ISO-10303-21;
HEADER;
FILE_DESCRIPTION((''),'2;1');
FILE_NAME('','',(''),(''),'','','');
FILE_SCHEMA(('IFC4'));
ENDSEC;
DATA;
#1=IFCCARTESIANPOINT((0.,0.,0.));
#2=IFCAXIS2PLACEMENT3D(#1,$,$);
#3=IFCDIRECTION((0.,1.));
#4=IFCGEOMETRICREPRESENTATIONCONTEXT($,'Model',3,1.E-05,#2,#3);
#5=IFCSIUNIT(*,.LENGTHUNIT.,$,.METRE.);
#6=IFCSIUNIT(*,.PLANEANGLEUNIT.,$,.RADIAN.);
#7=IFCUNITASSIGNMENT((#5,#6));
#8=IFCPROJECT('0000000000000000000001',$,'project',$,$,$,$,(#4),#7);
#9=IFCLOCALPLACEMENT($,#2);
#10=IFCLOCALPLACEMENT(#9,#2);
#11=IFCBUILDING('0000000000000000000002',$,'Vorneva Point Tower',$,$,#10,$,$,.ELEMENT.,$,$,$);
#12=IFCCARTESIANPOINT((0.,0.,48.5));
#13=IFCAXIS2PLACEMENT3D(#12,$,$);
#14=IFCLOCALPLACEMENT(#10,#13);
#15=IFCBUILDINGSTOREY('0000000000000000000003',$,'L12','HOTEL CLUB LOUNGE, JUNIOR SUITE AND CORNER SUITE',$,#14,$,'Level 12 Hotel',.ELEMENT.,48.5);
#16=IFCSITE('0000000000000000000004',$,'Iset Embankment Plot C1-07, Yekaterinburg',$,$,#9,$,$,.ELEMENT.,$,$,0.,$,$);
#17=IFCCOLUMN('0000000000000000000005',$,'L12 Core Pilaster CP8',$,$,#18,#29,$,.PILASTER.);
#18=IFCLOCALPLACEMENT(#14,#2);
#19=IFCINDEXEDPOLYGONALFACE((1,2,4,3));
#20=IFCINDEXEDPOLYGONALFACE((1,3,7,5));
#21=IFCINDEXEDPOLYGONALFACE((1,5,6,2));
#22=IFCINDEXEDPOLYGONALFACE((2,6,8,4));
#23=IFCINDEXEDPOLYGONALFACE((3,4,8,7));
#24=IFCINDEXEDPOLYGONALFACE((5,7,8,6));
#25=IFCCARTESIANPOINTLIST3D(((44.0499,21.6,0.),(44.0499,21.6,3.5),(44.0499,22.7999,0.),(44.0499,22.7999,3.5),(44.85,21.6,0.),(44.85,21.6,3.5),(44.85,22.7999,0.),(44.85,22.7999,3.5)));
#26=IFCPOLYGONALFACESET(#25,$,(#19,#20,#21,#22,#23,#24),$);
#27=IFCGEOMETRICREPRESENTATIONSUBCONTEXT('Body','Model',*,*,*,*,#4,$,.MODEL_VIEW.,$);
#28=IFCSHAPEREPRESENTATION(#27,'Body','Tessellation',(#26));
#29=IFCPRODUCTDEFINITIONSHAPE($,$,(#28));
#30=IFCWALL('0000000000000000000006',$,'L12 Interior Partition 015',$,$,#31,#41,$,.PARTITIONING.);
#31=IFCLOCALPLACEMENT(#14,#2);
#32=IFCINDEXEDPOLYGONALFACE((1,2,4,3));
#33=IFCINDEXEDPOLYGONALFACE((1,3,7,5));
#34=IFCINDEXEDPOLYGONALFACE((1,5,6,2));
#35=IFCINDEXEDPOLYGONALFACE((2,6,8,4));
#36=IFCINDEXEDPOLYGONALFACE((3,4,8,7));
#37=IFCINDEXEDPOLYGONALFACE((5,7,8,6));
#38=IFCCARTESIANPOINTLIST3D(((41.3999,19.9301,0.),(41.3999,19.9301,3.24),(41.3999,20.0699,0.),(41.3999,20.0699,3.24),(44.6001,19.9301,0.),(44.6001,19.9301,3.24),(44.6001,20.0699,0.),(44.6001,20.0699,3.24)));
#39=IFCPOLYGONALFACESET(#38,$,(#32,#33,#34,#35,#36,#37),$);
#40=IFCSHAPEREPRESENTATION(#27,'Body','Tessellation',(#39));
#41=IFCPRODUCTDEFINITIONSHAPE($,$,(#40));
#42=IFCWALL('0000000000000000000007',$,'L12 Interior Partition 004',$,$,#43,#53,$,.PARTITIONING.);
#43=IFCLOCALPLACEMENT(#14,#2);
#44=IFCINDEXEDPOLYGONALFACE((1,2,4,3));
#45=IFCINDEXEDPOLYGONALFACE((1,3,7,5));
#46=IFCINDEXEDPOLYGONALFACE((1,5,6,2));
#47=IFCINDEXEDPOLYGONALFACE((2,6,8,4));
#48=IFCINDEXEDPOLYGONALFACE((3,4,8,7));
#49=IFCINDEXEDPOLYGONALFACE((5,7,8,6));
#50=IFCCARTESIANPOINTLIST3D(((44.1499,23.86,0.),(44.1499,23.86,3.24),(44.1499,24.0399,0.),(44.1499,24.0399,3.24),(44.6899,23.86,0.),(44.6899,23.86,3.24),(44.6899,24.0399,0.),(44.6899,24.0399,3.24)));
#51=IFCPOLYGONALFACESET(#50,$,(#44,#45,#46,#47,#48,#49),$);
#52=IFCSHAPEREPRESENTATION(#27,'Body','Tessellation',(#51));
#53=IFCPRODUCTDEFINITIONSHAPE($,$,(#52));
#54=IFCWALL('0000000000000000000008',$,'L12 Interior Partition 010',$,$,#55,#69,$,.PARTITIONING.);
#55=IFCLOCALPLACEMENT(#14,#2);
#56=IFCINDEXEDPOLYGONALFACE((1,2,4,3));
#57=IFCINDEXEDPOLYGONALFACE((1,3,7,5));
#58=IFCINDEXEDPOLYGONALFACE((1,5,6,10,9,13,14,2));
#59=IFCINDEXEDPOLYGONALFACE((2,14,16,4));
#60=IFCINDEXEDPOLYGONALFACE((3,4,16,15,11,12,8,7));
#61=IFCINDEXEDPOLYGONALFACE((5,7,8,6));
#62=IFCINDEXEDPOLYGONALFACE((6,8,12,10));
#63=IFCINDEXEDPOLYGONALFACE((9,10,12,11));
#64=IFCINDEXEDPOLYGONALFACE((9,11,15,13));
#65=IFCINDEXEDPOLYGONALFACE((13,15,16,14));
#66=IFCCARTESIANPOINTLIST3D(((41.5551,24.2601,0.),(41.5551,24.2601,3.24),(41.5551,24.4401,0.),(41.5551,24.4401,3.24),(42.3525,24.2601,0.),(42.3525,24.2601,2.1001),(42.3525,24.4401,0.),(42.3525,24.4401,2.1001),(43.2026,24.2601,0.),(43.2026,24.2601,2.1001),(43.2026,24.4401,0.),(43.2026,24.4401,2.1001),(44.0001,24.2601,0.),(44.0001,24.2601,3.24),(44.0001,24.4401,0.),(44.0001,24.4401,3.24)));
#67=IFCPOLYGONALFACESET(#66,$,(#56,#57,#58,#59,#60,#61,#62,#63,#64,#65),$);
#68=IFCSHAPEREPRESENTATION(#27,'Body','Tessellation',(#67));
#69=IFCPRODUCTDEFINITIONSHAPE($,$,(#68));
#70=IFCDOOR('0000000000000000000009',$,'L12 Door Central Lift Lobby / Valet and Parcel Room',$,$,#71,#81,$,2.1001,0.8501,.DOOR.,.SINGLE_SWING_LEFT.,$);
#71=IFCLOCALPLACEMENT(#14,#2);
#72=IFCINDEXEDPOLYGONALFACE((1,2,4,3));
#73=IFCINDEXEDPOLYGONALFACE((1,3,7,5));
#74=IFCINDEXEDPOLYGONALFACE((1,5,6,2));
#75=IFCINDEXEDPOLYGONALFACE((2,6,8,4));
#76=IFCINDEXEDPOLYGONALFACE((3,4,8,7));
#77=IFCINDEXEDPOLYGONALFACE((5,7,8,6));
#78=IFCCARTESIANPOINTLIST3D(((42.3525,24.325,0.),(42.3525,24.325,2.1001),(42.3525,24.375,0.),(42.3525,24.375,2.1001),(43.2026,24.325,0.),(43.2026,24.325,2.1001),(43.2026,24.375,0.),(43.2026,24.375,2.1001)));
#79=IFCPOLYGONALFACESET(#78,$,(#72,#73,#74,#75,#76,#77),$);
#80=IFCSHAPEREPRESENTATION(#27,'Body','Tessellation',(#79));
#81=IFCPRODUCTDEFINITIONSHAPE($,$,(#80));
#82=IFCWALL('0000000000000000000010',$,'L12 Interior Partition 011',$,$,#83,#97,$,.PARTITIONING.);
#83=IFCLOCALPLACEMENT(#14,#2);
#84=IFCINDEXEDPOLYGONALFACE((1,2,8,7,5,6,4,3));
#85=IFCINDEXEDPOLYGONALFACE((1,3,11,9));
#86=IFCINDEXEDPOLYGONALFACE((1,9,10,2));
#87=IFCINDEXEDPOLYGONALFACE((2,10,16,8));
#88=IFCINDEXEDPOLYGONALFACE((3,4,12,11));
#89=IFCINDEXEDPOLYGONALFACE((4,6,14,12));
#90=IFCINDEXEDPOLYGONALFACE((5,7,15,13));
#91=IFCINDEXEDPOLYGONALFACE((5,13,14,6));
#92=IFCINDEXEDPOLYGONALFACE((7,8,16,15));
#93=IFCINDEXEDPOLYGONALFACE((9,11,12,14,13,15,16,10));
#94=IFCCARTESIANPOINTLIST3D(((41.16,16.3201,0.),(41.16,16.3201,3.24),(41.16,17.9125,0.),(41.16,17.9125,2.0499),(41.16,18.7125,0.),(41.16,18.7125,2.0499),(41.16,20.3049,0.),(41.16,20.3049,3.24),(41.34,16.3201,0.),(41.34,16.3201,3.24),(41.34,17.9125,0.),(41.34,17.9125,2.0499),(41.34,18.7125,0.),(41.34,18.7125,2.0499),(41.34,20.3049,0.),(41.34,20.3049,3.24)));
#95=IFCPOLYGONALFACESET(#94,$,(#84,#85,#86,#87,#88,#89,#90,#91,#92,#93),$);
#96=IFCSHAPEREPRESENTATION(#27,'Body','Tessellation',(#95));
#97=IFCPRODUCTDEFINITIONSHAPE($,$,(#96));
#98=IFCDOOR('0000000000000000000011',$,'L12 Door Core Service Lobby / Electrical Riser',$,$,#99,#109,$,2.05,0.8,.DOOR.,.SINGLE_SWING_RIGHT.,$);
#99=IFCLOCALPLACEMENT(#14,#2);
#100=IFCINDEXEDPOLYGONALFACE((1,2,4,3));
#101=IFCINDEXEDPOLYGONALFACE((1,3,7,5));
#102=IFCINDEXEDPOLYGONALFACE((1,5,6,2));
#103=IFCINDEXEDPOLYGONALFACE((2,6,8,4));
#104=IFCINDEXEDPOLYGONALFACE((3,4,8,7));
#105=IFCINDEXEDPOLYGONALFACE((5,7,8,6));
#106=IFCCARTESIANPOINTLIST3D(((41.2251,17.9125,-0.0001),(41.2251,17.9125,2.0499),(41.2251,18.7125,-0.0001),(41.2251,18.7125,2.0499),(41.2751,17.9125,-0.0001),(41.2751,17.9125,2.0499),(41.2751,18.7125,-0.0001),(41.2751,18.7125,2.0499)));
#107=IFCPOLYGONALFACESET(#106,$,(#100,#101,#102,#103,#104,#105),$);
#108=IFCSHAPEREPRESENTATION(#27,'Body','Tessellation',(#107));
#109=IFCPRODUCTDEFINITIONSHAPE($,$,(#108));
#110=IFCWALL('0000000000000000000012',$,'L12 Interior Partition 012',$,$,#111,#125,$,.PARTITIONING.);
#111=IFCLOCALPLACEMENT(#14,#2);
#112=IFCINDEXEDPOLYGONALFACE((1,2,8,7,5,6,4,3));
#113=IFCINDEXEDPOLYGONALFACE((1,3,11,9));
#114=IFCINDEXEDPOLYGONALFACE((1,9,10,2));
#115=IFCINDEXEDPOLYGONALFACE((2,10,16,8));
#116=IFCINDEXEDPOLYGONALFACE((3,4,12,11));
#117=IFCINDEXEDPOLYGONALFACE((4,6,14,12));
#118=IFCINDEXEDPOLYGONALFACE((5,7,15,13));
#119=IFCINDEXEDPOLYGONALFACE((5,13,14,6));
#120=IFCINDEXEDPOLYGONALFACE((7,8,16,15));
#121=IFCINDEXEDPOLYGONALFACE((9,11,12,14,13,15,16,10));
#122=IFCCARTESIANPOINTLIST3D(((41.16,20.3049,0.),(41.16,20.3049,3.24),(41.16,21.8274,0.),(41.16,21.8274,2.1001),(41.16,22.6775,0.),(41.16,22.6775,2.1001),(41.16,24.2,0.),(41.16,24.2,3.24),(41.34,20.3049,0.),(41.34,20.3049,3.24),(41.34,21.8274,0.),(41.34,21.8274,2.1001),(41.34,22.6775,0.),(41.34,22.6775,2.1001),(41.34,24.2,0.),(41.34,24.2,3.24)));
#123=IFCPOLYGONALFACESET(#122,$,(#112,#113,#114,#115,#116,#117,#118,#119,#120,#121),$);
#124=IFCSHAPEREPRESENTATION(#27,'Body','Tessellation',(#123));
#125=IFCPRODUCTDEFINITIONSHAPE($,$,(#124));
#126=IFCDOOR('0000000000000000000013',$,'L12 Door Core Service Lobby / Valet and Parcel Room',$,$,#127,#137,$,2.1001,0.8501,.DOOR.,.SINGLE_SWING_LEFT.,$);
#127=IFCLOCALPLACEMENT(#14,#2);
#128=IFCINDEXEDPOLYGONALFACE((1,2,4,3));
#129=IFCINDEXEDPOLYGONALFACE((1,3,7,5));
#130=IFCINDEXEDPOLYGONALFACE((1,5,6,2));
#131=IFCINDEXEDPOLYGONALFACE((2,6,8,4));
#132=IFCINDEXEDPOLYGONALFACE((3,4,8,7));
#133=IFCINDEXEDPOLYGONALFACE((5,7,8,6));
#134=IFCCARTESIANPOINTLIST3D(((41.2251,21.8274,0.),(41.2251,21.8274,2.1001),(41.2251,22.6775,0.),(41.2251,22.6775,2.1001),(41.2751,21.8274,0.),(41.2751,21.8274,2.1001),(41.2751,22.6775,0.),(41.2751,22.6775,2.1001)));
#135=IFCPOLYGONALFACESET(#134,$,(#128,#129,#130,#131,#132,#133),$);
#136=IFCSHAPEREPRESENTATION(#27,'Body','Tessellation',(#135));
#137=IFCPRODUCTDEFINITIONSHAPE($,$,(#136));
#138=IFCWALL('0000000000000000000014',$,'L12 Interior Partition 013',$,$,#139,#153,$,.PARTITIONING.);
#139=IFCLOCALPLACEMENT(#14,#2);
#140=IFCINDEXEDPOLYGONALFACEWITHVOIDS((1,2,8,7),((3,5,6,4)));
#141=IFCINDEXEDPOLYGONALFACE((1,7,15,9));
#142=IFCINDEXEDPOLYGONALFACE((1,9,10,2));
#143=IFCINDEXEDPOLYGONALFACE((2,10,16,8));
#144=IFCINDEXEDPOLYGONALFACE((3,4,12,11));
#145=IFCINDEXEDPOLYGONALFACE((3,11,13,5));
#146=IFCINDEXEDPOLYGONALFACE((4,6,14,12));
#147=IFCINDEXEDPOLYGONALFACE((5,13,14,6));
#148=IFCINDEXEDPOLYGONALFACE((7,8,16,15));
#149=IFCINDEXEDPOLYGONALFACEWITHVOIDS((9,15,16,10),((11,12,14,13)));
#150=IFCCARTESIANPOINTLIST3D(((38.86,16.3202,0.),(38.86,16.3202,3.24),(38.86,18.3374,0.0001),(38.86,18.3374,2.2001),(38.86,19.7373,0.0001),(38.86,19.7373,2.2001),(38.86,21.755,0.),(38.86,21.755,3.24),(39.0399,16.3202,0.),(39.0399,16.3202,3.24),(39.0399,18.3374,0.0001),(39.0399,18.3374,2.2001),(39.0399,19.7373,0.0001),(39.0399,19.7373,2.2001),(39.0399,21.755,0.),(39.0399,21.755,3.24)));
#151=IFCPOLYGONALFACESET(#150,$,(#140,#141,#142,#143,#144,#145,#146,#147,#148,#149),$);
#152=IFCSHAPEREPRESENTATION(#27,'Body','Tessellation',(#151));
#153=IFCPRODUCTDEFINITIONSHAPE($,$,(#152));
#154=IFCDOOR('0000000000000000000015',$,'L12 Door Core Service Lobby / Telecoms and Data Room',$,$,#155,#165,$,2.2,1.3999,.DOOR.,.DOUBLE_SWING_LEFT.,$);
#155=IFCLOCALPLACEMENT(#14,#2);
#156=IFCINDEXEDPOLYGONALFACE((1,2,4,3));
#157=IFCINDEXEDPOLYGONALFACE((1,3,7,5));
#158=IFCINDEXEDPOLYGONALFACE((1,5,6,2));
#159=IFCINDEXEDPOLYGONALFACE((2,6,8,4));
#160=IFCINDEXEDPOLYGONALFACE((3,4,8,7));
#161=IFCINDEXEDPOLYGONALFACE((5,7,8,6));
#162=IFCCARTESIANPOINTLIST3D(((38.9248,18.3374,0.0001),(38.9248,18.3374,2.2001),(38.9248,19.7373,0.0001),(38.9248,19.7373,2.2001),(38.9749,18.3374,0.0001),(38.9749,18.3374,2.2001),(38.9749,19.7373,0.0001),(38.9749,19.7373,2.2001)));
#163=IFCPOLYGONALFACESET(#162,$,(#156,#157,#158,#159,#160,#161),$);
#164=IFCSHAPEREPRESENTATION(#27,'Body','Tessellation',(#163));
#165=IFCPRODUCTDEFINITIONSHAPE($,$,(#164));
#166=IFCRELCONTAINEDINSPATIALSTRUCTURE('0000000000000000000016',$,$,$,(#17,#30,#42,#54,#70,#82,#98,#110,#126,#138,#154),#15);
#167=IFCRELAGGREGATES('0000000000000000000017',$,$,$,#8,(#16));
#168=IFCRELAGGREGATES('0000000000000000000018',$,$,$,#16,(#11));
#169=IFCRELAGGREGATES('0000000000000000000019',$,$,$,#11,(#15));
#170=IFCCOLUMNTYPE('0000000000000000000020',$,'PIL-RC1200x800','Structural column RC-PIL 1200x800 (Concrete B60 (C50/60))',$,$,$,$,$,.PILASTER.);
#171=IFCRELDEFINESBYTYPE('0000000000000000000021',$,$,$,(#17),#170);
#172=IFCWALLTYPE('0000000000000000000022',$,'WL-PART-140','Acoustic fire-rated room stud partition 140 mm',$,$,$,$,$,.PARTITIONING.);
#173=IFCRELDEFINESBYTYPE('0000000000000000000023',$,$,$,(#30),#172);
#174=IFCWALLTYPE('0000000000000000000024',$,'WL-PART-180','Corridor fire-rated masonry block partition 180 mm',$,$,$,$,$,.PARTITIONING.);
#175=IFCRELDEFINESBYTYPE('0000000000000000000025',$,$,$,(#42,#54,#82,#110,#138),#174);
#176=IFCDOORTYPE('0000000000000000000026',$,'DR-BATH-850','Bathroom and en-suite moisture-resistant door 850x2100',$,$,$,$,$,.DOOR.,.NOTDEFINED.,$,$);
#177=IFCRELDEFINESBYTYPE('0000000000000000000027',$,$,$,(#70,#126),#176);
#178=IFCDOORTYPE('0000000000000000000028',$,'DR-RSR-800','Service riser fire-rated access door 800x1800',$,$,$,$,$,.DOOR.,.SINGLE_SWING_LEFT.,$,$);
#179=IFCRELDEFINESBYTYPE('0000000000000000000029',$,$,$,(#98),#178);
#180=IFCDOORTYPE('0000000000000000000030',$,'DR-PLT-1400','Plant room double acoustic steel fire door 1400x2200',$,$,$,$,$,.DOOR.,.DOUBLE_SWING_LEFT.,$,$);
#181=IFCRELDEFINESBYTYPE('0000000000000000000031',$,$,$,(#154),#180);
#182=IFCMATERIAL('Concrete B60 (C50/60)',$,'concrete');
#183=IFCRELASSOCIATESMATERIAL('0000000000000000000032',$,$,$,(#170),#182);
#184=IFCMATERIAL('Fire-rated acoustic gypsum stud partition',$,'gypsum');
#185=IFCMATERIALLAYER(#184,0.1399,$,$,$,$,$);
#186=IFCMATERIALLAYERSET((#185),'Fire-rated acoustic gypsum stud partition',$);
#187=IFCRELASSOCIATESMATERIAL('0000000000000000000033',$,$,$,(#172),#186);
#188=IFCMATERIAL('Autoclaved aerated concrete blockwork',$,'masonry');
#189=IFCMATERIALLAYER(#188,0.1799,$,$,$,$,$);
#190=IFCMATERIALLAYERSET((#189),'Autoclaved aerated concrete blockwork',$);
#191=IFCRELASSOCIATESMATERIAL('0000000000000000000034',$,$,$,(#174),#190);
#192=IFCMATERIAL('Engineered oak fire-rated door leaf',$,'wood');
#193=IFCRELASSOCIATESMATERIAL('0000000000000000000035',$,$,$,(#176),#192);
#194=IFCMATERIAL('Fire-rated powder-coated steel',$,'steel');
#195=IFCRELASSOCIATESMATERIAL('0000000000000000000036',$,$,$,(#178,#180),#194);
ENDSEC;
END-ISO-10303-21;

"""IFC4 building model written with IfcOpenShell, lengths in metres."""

from ifc_helpers import new_model, si_unit, direction, frame, frame_2d, origin, origin_2d, place, context, subcontext, project, spatial, rectangle, extrude, material, layer, layer_set, material_profile, profile_set, type_object, element, fill, save


model = new_model("IFC4")

# Units and contexts
model_context = context("Model", 3, precision=1e-05, world=origin(), true_north=direction((0.0, 1.0)))
body_context = subcontext(model_context, "Body", "Model", "MODEL_VIEW")
ifc_project = project(units=[si_unit("LENGTHUNIT", "METRE"), si_unit("PLANEANGLEUNIT", "RADIAN")], contexts=[model_context])

# Site, building, storey
site_placement = place(None, origin())
site = spatial("IfcSite", under=ifc_project, at=site_placement, Name="Iset Embankment Plot C1-07, Yekaterinburg", CompositionType="ELEMENT", RefElevation=0.0)
building_placement = place(site_placement, origin())
building = spatial("IfcBuilding", under=site, at=building_placement, Name="Vorneva Point Tower", CompositionType="ELEMENT")
storey_placement = place(building_placement, frame((0.0, 0.0, 48.5)))
storey = spatial("IfcBuildingStorey", under=building, at=storey_placement, Name="L12", Description="HOTEL CLUB LOUNGE, JUNIOR SUITE AND CORNER SUITE", LongName="Level 12 Hotel", CompositionType="ELEMENT", Elevation=48.5)

# Column
ifc_material_1 = material(Name="Concrete B60 (C50/60)", Category="concrete")
ifc_material_profile = material_profile(ifc_material_1, rectangle(XDim=0.8, YDim=1.2, at=origin_2d()), Name="RC-PIL 1200x800")
ifc_profile_set = profile_set([ifc_material_profile], Name="Concrete B60 (C50/60)")
column_type = type_object("IfcColumnType", Name="PIL-RC1200x800", Description="Structural column RC-PIL 1200x800 (Concrete B60 (C50/60))", PredefinedType="PILASTER", material=ifc_profile_set)
column_placement = place(storey_placement, frame((44.45, 22.2, 0.0), z_axis=(0.0, 0.0, 1.0), x_axis=(1.0, 0.0, 0.0)))
element("IfcColumn", 1, at=column_placement, inside=storey, type_object=column_type, Name="L12 Core Pilaster CP8", PredefinedType="PILASTER", context=body_context, shape_type="SweptSolid", body=[
    extrude(rectangle(XDim=0.8, YDim=1.2, at=origin_2d()), origin(), (0.0, 0.0, 1.0), 3.5),
])

# Walls
ifc_material_2 = material(Name="Fire-rated acoustic gypsum stud partition", Category="gypsum")
ifc_layer_1 = layer(ifc_material_2, 0.1399)
ifc_layer_set_1 = layer_set([ifc_layer_1], Name="Fire-rated acoustic gypsum stud partition")
wall_type_1 = type_object("IfcWallType", Name="WL-PART-140", Description="Acoustic fire-rated room stud partition 140 mm", PredefinedType="PARTITIONING", material=ifc_layer_set_1)
wall_1_placement = place(storey_placement, frame((44.6001, 20.0, 0.0), z_axis=(0.0, 0.0, 1.0), x_axis=(-1.0, 0.0, 0.0)))
element("IfcWall", 2, at=wall_1_placement, inside=storey, type_object=wall_type_1, Name="L12 Interior Partition 015", PredefinedType="PARTITIONING", context=body_context, shape_type="SweptSolid", body=[
    extrude(rectangle(XDim=3.2002, YDim=0.1399, at=frame_2d((1.6001, 0.0))), origin(), (0.0, 0.0, 1.0), 3.24),
])
ifc_material_3 = material(Name="Autoclaved aerated concrete blockwork", Category="masonry")
ifc_layer_2 = layer(ifc_material_3, 0.1799)
ifc_layer_set_2 = layer_set([ifc_layer_2], Name="Autoclaved aerated concrete blockwork")
wall_type_2 = type_object("IfcWallType", Name="WL-PART-180", Description="Corridor fire-rated masonry block partition 180 mm", PredefinedType="PARTITIONING", material=ifc_layer_set_2)
wall_2_placement = place(storey_placement, frame((44.1499, 23.95, 0.0), z_axis=(0.0, 0.0, 1.0), x_axis=(1.0, 0.0, 0.0)))
element("IfcWall", 3, at=wall_2_placement, inside=storey, type_object=wall_type_2, Name="L12 Interior Partition 004", PredefinedType="PARTITIONING", context=body_context, shape_type="SweptSolid", body=[
    extrude(rectangle(XDim=0.54, YDim=0.1799, at=frame_2d((0.27, 0.0))), origin(), (0.0, 0.0, 1.0), 3.24),
])

# Walls, openings, doors
ifc_material_4 = material(Name="Fire-rated powder-coated steel", Category="steel")
wall_3_placement = place(storey_placement, frame((41.5549, 24.3501, 0.0), z_axis=(0.0, 0.0, 1.0), x_axis=(1.0, 0.0, 0.0)))
wall_3 = element("IfcWall", 4, at=wall_3_placement, inside=storey, type_object=wall_type_2, Name="L12 Interior Partition 010", PredefinedType="PARTITIONING", context=body_context, shape_type="SweptSolid", body=[
    extrude(rectangle(XDim=2.4451, YDim=0.1799, at=frame_2d((1.2227, 0.0))), origin(), (0.0, 0.0, 1.0), 3.24),
])
opening_1_placement = place(wall_3_placement, frame((0.7976, 0.0, 0.0)))
opening_1 = element("IfcOpeningElement", 5, at=opening_1_placement, cuts=wall_3, PredefinedType="OPENING", context=body_context, shape_type="SweptSolid", body=[
    extrude(rectangle(XDim=0.8501, YDim=2.1001, at=frame_2d((0.425, 1.05))), frame((0.0, 0.105, 0.0), z_axis=(0.0, -1.0, 0.0), x_axis=(1.0, 0.0, 0.0)), (0.0, 0.0, 1.0), 0.2097),
])
ifc_material_5 = material(Name="Engineered oak fire-rated door leaf", Category="wood")
door_type_1 = type_object("IfcDoorType", Name="DR-BATH-850", Description="Bathroom and en-suite moisture-resistant door 850x2100", OperationType="NOTDEFINED", PredefinedType="DOOR", material=ifc_material_5)
door_1_placement = place(opening_1_placement, origin())
door_1 = element("IfcDoor", 6, at=door_1_placement, inside=storey, type_object=door_type_1, Name="L12 Door Central Lift Lobby / Valet and Parcel Room", OperationType="SINGLE_SWING_LEFT", OverallHeight=2.1001, OverallWidth=0.8501, PredefinedType="DOOR", context=body_context, shape_type="SweptSolid", body=[
    extrude(rectangle(XDim=0.8501, YDim=2.1001, at=frame_2d((0.425, 1.05))), frame((0.0, 0.0249, 0.0), z_axis=(0.0, -1.0, 0.0), x_axis=(1.0, 0.0, 0.0)), (0.0, 0.0, 1.0), 0.05),
])
fill(opening_1, door_1)
wall_4_placement = place(storey_placement, frame((41.25, 16.3201, 0.0), z_axis=(0.0, 0.0, 1.0), x_axis=(0.0, 1.0, 0.0)))
wall_4 = element("IfcWall", 7, at=wall_4_placement, inside=storey, type_object=wall_type_2, Name="L12 Interior Partition 011", PredefinedType="PARTITIONING", context=body_context, shape_type="SweptSolid", body=[
    extrude(rectangle(XDim=3.9849, YDim=0.1799, at=frame_2d((1.9924, 0.0))), origin(), (0.0, 0.0, 1.0), 3.24),
])
opening_2_placement = place(wall_4_placement, frame((1.5925, 0.0, 0.0)))
opening_2 = element("IfcOpeningElement", 8, at=opening_2_placement, cuts=wall_4, PredefinedType="OPENING", context=body_context, shape_type="SweptSolid", body=[
    extrude(rectangle(XDim=0.8, YDim=2.05, at=frame_2d((0.3999, 1.0249))), frame((0.0, 0.105, 0.0), z_axis=(0.0, -1.0, 0.0), x_axis=(1.0, 0.0, 0.0)), (0.0, 0.0, 1.0), 0.2097),
])
door_type_2 = type_object("IfcDoorType", Name="DR-RSR-800", Description="Service riser fire-rated access door 800x1800", OperationType="SINGLE_SWING_LEFT", PredefinedType="DOOR", material=ifc_material_4)
door_2_placement = place(opening_2_placement, origin())
door_2 = element("IfcDoor", 9, at=door_2_placement, inside=storey, type_object=door_type_2, Name="L12 Door Core Service Lobby / Electrical Riser", OperationType="SINGLE_SWING_RIGHT", OverallHeight=2.05, OverallWidth=0.8, PredefinedType="DOOR", context=body_context, shape_type="SweptSolid", body=[
    extrude(rectangle(XDim=0.8, YDim=2.05, at=frame_2d((0.3999, 1.0249))), frame((0.0, 0.0249, 0.0), z_axis=(0.0, -1.0, 0.0), x_axis=(1.0, 0.0, 0.0)), (0.0, 0.0, 1.0), 0.05),
])
fill(opening_2, door_2)
wall_5_placement = place(storey_placement, frame((41.25, 20.3049, 0.0), z_axis=(0.0, 0.0, 1.0), x_axis=(0.0, 1.0, 0.0)))
wall_5 = element("IfcWall", 10, at=wall_5_placement, inside=storey, type_object=wall_type_2, Name="L12 Interior Partition 012", PredefinedType="PARTITIONING", context=body_context, shape_type="SweptSolid", body=[
    extrude(rectangle(XDim=3.895, YDim=0.1799, at=frame_2d((1.9475, 0.0))), origin(), (0.0, 0.0, 1.0), 3.24),
])
opening_3_placement = place(wall_5_placement, frame((1.5225, 0.0, 0.0)))
opening_3 = element("IfcOpeningElement", 11, at=opening_3_placement, cuts=wall_5, PredefinedType="OPENING", context=body_context, shape_type="SweptSolid", body=[
    extrude(rectangle(XDim=0.8501, YDim=2.1001, at=frame_2d((0.425, 1.05))), frame((0.0, 0.105, 0.0), z_axis=(0.0, -1.0, 0.0), x_axis=(1.0, 0.0, 0.0)), (0.0, 0.0, 1.0), 0.2097),
])
door_3_placement = place(opening_3_placement, origin())
door_3 = element("IfcDoor", 12, at=door_3_placement, inside=storey, type_object=door_type_1, Name="L12 Door Core Service Lobby / Valet and Parcel Room", OperationType="SINGLE_SWING_LEFT", OverallHeight=2.1001, OverallWidth=0.8501, PredefinedType="DOOR", context=body_context, shape_type="SweptSolid", body=[
    extrude(rectangle(XDim=0.8501, YDim=2.1001, at=frame_2d((0.425, 1.05))), frame((0.0, 0.0249, 0.0), z_axis=(0.0, -1.0, 0.0), x_axis=(1.0, 0.0, 0.0)), (0.0, 0.0, 1.0), 0.05),
])
fill(opening_3, door_3)
wall_6_placement = place(storey_placement, frame((38.95, 21.7549, 0.0), z_axis=(0.0, 0.0, 1.0), x_axis=(0.0, -1.0, 0.0)))
wall_6 = element("IfcWall", 13, at=wall_6_placement, inside=storey, type_object=wall_type_2, Name="L12 Interior Partition 013", PredefinedType="PARTITIONING", context=body_context, shape_type="SweptSolid", body=[
    extrude(rectangle(XDim=5.4348, YDim=0.1799, at=frame_2d((2.7173, 0.0))), origin(), (0.0, 0.0, 1.0), 3.24),
])
opening_4_placement = place(wall_6_placement, frame((2.0176, 0.0, 0.0)))
opening_4 = element("IfcOpeningElement", 14, at=opening_4_placement, cuts=wall_6, PredefinedType="OPENING", context=body_context, shape_type="SweptSolid", body=[
    extrude(rectangle(XDim=1.3999, YDim=2.2, at=frame_2d((0.7, 1.1001))), frame((0.0, 0.105, 0.0), z_axis=(0.0, -1.0, 0.0), x_axis=(1.0, 0.0, 0.0)), (0.0, 0.0, 1.0), 0.2097),
])
door_type_3 = type_object("IfcDoorType", Name="DR-PLT-1400", Description="Plant room double acoustic steel fire door 1400x2200", OperationType="DOUBLE_SWING_LEFT", PredefinedType="DOOR", material=ifc_material_4)
door_4_placement = place(opening_4_placement, origin())
door_4 = element("IfcDoor", 15, at=door_4_placement, inside=storey, type_object=door_type_3, Name="L12 Door Core Service Lobby / Telecoms and Data Room", OperationType="DOUBLE_SWING_LEFT", OverallHeight=2.2, OverallWidth=1.3999, PredefinedType="DOOR", context=body_context, shape_type="SweptSolid", body=[
    extrude(rectangle(XDim=1.3999, YDim=2.2, at=frame_2d((0.7, 1.1001))), frame((0.0, 0.0249, 0.0), z_axis=(0.0, -1.0, 0.0), x_axis=(1.0, 0.0, 0.0)), (0.0, 0.0, 1.0), 0.05),
])
fill(opening_4, door_4)

save(model, "model.ifc")
